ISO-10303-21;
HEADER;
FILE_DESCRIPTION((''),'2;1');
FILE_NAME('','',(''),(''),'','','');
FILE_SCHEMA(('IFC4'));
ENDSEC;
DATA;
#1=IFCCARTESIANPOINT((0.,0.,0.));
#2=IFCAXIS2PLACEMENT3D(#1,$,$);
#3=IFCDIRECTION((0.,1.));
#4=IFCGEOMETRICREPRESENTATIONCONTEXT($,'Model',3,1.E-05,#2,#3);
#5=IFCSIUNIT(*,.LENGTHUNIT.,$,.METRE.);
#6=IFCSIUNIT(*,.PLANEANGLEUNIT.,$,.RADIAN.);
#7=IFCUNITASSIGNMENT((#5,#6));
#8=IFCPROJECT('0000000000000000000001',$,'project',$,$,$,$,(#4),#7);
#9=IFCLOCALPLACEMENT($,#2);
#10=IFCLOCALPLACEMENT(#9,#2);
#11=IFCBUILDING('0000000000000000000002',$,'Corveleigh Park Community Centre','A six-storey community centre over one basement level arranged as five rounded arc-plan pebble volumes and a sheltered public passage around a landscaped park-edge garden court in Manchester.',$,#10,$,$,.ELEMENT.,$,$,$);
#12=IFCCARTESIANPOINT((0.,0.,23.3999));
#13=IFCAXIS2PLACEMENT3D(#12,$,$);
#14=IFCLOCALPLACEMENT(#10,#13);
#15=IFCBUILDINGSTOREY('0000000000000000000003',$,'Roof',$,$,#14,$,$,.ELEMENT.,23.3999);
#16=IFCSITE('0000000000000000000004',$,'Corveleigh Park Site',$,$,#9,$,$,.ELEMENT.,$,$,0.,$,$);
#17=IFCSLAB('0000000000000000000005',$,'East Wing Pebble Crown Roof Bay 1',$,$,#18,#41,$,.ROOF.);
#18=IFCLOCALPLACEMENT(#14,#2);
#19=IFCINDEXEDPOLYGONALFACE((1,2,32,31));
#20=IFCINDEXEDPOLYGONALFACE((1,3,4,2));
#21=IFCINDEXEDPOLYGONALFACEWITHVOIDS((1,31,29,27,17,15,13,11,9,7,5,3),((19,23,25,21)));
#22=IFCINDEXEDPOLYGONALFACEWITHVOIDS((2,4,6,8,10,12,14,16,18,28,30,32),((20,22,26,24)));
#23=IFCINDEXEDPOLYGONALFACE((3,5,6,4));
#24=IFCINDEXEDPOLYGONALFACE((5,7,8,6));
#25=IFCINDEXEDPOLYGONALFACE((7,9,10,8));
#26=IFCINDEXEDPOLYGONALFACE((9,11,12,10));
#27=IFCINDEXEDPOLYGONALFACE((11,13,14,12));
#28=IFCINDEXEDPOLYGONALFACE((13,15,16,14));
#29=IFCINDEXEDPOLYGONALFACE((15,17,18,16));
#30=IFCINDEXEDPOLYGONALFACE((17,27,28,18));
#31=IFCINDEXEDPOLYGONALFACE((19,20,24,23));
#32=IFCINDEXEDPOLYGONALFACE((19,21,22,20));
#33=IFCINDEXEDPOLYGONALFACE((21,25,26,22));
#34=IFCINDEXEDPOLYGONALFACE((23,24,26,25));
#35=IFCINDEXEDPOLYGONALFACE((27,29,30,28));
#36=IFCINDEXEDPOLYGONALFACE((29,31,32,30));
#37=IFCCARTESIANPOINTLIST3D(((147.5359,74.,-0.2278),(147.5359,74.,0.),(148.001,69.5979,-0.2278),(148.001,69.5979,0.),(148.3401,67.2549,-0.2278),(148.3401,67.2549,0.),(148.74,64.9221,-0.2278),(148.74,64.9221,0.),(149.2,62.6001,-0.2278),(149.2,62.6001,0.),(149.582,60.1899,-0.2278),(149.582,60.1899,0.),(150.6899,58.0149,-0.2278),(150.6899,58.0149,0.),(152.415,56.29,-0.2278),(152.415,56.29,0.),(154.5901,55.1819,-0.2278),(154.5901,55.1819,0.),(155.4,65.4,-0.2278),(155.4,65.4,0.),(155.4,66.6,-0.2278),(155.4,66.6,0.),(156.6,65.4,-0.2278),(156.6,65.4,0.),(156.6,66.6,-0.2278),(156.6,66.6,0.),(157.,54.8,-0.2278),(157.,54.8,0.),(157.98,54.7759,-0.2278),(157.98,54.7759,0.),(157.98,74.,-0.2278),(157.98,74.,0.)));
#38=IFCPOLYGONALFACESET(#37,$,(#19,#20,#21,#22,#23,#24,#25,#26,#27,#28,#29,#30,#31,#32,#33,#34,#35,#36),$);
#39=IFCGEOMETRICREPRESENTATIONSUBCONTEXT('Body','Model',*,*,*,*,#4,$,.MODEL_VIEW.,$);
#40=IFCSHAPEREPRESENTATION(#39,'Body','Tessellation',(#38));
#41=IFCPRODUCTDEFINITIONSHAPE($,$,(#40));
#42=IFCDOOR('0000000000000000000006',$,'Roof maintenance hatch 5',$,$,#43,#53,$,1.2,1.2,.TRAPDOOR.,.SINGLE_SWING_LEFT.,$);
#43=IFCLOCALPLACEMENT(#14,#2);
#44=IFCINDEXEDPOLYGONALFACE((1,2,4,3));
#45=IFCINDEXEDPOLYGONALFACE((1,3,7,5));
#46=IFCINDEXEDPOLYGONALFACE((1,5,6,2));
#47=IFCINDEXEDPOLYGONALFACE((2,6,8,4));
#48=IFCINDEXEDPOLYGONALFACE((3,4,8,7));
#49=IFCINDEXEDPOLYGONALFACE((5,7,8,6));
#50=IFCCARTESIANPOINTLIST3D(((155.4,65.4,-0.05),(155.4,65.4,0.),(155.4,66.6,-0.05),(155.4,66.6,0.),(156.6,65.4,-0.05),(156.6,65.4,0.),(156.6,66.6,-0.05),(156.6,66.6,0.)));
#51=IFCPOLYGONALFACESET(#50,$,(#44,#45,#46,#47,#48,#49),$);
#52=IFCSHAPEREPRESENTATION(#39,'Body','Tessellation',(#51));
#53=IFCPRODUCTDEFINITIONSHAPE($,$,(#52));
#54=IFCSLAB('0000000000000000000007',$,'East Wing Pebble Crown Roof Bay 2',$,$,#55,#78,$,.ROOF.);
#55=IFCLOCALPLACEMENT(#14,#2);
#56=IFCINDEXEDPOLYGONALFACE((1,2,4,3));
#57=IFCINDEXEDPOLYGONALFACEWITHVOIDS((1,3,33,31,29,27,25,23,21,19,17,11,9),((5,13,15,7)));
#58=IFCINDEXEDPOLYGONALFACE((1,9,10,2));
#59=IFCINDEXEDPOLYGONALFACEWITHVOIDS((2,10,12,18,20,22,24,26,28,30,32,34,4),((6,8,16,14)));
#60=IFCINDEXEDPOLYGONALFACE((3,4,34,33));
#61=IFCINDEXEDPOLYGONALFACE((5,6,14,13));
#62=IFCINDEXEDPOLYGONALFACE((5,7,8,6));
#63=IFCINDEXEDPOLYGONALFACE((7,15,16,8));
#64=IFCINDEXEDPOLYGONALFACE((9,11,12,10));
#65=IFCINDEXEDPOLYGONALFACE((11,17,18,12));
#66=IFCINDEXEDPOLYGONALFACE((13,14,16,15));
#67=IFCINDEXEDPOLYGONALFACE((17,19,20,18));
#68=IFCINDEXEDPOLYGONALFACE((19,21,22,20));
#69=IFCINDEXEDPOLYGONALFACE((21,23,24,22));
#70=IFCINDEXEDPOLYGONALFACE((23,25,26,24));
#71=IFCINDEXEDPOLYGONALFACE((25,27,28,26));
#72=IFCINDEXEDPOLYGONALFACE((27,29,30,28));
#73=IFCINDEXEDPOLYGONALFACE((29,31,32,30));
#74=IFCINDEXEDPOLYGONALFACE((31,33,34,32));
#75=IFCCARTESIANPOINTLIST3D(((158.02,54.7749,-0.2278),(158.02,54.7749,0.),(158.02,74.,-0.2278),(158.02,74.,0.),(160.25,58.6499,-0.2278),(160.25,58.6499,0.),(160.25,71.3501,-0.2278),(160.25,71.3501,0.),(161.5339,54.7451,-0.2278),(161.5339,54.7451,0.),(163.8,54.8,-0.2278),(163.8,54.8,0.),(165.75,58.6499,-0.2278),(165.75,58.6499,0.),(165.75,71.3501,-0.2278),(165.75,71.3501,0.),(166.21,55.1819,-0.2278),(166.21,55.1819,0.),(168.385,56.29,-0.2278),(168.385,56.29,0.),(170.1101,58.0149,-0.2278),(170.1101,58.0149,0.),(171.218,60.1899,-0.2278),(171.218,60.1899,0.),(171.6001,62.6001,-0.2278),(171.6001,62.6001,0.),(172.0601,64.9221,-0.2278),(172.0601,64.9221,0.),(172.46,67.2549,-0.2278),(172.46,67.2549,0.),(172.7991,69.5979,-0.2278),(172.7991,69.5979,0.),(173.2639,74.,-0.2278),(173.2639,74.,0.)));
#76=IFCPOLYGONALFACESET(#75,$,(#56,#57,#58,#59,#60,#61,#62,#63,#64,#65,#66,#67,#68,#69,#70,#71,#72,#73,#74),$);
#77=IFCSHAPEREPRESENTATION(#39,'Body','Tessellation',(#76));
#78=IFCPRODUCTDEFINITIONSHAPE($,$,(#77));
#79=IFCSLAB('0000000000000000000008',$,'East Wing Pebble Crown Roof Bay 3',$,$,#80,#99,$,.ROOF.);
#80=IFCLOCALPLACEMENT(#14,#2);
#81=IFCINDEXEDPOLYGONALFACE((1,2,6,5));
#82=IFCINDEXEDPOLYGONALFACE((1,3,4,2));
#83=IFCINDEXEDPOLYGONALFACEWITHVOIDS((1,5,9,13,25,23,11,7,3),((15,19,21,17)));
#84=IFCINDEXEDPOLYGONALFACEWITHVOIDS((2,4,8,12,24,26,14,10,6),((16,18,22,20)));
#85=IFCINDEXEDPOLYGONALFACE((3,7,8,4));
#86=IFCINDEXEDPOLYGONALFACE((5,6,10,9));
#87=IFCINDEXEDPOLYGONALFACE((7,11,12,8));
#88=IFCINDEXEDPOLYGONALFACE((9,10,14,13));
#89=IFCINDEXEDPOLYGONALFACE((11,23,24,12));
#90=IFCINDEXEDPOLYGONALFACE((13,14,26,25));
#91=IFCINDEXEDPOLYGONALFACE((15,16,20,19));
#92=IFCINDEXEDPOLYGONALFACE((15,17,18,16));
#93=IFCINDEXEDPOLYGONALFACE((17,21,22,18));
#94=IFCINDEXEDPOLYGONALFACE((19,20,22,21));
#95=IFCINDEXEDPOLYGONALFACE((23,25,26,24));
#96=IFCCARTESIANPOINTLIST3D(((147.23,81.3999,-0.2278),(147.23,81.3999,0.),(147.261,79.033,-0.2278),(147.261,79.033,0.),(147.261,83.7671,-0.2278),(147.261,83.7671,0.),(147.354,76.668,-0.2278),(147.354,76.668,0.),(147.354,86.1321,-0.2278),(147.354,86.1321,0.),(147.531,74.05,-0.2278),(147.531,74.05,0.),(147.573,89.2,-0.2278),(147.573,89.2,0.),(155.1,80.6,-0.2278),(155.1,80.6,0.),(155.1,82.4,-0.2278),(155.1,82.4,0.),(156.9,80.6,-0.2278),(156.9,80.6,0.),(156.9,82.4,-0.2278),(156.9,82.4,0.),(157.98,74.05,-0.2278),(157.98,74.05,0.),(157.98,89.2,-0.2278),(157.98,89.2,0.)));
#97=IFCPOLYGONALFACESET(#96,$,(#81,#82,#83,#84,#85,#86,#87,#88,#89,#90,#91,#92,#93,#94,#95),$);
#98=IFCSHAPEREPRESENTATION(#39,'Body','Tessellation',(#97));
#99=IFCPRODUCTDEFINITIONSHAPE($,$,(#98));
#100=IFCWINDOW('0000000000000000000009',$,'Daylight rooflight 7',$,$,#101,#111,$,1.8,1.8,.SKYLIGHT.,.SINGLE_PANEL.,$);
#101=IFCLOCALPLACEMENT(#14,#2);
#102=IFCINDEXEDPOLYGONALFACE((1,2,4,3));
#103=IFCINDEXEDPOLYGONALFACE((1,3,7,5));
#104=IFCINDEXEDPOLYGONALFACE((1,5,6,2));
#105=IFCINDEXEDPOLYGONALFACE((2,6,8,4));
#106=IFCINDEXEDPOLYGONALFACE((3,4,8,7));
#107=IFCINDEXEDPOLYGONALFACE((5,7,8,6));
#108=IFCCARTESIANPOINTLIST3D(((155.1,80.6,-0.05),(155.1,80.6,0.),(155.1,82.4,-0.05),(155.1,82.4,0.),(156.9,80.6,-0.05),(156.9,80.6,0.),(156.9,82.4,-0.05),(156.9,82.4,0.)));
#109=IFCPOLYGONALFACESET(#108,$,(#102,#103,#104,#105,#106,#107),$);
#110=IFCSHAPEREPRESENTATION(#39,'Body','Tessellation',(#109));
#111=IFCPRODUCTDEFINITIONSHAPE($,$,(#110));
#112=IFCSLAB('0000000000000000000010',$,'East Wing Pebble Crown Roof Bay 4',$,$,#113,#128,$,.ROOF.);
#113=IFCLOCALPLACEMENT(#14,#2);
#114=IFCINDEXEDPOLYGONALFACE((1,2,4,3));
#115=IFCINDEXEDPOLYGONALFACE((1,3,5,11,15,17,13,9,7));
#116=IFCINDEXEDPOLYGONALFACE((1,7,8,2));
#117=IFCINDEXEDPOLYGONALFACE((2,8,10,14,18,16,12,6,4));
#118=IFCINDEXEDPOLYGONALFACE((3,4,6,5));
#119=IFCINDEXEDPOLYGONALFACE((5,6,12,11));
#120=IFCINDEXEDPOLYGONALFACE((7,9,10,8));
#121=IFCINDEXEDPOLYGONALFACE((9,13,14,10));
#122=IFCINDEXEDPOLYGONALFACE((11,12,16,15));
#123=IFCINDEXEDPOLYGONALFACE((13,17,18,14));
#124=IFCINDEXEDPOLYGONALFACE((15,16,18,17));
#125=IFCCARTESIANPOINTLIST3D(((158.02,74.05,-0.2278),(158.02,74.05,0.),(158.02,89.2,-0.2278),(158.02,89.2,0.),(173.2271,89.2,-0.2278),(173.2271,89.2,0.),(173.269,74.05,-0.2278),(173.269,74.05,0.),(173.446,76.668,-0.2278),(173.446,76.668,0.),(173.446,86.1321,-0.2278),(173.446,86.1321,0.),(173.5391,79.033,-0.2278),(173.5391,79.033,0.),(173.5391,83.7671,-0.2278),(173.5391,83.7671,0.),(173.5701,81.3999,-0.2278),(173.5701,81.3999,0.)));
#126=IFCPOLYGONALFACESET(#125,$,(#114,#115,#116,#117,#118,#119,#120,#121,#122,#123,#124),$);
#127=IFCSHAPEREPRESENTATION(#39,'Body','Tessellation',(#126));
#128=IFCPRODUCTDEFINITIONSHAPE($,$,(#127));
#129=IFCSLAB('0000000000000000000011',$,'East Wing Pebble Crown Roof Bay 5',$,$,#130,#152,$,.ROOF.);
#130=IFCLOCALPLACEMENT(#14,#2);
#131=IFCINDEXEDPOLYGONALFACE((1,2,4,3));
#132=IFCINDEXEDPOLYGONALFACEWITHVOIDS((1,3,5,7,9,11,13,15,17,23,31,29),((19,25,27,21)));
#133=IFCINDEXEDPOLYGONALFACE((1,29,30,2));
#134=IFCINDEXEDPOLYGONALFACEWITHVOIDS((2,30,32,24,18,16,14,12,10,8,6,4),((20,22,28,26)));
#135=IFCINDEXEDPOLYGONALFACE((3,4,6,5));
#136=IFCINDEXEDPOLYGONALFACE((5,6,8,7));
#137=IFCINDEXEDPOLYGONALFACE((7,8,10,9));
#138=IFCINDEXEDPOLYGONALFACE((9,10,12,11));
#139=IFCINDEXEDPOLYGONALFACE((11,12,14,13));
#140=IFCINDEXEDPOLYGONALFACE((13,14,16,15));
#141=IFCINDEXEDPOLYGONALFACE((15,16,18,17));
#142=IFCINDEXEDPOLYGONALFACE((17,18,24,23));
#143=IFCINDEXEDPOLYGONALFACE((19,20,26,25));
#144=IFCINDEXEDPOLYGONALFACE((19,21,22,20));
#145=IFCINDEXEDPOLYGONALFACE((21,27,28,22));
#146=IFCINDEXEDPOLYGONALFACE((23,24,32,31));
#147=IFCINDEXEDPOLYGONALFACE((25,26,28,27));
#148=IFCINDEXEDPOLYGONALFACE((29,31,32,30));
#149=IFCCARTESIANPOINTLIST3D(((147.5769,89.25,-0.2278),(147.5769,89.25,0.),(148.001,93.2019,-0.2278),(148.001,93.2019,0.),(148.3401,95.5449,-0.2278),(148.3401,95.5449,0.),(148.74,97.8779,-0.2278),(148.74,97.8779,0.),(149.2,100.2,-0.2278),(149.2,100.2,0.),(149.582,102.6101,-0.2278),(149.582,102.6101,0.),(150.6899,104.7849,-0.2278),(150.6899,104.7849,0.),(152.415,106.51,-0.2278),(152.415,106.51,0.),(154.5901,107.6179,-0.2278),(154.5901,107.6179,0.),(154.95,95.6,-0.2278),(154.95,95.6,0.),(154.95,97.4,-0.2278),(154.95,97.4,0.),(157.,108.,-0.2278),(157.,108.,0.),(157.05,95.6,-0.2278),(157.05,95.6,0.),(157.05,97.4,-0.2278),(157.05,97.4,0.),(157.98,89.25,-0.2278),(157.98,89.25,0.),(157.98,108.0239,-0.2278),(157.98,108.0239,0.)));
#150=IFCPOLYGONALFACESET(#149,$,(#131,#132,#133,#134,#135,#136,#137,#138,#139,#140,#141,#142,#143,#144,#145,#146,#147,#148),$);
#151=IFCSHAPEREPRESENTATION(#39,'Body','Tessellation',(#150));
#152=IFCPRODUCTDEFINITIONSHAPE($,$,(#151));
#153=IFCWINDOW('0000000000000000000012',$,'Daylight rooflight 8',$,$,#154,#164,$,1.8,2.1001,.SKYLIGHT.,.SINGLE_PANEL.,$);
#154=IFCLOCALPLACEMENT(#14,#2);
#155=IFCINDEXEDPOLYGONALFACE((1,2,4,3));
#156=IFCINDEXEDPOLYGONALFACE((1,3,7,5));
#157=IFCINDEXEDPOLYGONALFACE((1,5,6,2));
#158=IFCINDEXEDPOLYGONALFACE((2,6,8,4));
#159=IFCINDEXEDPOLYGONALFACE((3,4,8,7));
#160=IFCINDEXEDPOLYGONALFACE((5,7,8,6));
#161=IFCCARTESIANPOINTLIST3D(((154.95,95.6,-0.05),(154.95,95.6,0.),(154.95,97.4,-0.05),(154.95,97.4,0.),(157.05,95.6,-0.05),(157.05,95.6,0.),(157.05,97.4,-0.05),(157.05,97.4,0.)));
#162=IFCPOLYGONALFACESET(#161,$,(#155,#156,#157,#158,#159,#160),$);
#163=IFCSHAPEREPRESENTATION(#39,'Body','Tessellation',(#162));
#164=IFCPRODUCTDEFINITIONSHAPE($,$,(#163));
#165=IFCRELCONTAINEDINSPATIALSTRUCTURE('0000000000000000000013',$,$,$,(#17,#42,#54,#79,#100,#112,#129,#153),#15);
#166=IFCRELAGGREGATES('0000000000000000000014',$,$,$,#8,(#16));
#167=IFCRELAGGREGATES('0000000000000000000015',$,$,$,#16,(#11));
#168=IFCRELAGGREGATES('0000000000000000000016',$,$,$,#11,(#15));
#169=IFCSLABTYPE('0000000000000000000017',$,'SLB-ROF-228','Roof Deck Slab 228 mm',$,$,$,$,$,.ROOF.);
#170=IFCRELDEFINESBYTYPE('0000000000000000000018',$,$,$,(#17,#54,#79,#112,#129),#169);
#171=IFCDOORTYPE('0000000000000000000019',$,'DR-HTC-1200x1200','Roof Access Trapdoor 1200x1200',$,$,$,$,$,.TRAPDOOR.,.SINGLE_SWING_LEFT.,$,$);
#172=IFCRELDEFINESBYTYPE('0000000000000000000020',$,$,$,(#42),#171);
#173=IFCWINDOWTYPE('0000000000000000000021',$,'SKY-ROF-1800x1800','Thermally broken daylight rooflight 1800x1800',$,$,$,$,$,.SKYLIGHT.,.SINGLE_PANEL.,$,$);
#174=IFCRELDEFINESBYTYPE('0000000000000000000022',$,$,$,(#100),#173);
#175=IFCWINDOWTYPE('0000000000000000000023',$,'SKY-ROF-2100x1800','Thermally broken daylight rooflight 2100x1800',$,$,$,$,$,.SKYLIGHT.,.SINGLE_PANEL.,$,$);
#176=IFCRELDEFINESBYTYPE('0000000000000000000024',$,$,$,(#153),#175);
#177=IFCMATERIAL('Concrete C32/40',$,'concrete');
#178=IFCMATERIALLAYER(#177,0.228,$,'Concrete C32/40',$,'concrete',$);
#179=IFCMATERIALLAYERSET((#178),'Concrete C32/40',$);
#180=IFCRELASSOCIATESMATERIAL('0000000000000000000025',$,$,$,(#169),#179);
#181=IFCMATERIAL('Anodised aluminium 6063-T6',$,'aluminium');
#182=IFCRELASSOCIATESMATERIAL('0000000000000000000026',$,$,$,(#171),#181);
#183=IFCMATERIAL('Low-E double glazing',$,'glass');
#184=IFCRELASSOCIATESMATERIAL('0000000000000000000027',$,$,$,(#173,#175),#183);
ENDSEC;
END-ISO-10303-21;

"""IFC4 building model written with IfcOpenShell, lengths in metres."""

from ifc_helpers import new_model, si_unit, direction, frame, origin, origin_2d, place, context, subcontext, project, spatial, polyline, rectangle, outline, extrude, material, layer, layer_set, type_object, element, fill, save


model = new_model("IFC4")

# Units and contexts
model_context = context("Model", 3, precision=1e-05, world=origin(), true_north=direction((0.0, 1.0)))
body_context = subcontext(model_context, "Body", "Model", "MODEL_VIEW")
ifc_project = project(units=[si_unit("LENGTHUNIT", "METRE"), si_unit("PLANEANGLEUNIT", "RADIAN")], contexts=[model_context])

# Site, building, storey
site_placement = place(None, origin())
site = spatial("IfcSite", under=ifc_project, at=site_placement, Name="Corveleigh Park Site", CompositionType="ELEMENT", RefElevation=0.0)
building_placement = place(site_placement, origin())
building = spatial("IfcBuilding", under=site, at=building_placement, Name="Corveleigh Park Community Centre", Description="A six-storey community centre over one basement level arranged as five rounded arc-plan pebble volumes and a sheltered public passage around a landscaped park-edge garden court in Manchester.", CompositionType="ELEMENT")
storey_placement = place(building_placement, frame((0.0, 0.0, 23.3999)))
storey = spatial("IfcBuildingStorey", under=building, at=storey_placement, Name="Roof", CompositionType="ELEMENT", Elevation=23.3999)

# Shared definitions
ifc_material_1 = material(Name="Concrete C32/40", Category="concrete")

# Slab, opening, door
ifc_layer_1 = layer(ifc_material_1, 0.228, Name="Concrete C32/40", Category="concrete")
ifc_layer_set_1 = layer_set([ifc_layer_1], Name="Concrete C32/40")
slab_type_1 = type_object("IfcSlabType", Name="SLB-ROF-228", Description="Roof Deck Slab 228 mm", PredefinedType="ROOF", material=ifc_layer_set_1)
slab_1_placement = place(storey_placement, frame((0.0, 0.0, -0.2278)))
slab_1 = element("IfcSlab", 1, at=slab_1_placement, inside=storey, type_object=slab_type_1, Name="East Wing Pebble Crown Roof Bay 1", PredefinedType="ROOF", context=body_context, shape_type="SweptSolid", body=[
    extrude(outline(polyline([(154.5901, 55.1819), (152.415, 56.29), (150.6899, 58.0149), (149.582, 60.1899), (149.2, 62.6001), (148.74, 64.9221), (148.3401, 67.2549), (148.001, 69.5979), (147.5359, 74.0), (157.98, 74.0), (157.98, 54.7759), (157.0, 54.8), (154.5901, 55.1819)])), origin(), (0.0, 0.0, 1.0), 0.2278),
])
opening_1_placement = place(slab_1_placement, frame((156.0, 66.0, -0.01)))
opening_1 = element("IfcOpeningElement", 2, at=opening_1_placement, cuts=slab_1, PredefinedType="OPENING", context=body_context, shape_type="SweptSolid", body=[
    extrude(rectangle(XDim=1.2, YDim=1.2, at=origin_2d()), origin(), (0.0, 0.0, 1.0), 0.2478),
])
ifc_material_2 = material(Name="Anodised aluminium 6063-T6", Category="aluminium")
door_type_1 = type_object("IfcDoorType", Name="DR-HTC-1200x1200", Description="Roof Access Trapdoor 1200x1200", OperationType="SINGLE_SWING_LEFT", PredefinedType="TRAPDOOR", material=ifc_material_2)
door_1_placement = place(opening_1_placement, frame((0.0, 0.0, 0.1877)))
door_1 = element("IfcDoor", 3, at=door_1_placement, inside=storey, type_object=door_type_1, Name="Roof maintenance hatch 5", OperationType="SINGLE_SWING_LEFT", OverallHeight=1.2, OverallWidth=1.2, PredefinedType="TRAPDOOR", context=body_context, shape_type="SweptSolid", body=[
    extrude(rectangle(XDim=1.2, YDim=1.2, at=origin_2d()), origin(), (0.0, 0.0, 1.0), 0.05),
])
fill(opening_1, door_1)

# Slab
slab_2_placement = place(storey_placement, frame((0.0, 0.0, -0.2278)))
element("IfcSlab", 4, at=slab_2_placement, inside=storey, type_object=slab_type_1, Name="East Wing Pebble Crown Roof Bay 2", PredefinedType="ROOF", context=body_context, shape_type="SweptSolid", body=[
    extrude(outline(polyline([(172.7991, 69.5979), (172.46, 67.2549), (172.0601, 64.9221), (171.6001, 62.6001), (171.218, 60.1899), (170.1101, 58.0149), (168.385, 56.29), (166.21, 55.1819), (163.8, 54.8), (161.5339, 54.7451), (158.02, 54.7749), (158.02, 74.0), (173.2639, 74.0), (172.7991, 69.5979)]), holes=[polyline([(165.75, 58.6499), (165.75, 71.3501), (160.25, 71.3501), (160.25, 58.6499), (165.75, 58.6499)])]), origin(), (0.0, 0.0, 1.0), 0.2278),
])

# Slab, opening, window
slab_3_placement = place(storey_placement, frame((0.0, 0.0, -0.2278)))
slab_3 = element("IfcSlab", 5, at=slab_3_placement, inside=storey, type_object=slab_type_1, Name="East Wing Pebble Crown Roof Bay 3", PredefinedType="ROOF", context=body_context, shape_type="SweptSolid", body=[
    extrude(outline(polyline([(147.354, 76.668), (147.261, 79.033), (147.23, 81.3999), (147.261, 83.7671), (147.354, 86.1321), (147.573, 89.2), (157.98, 89.2), (157.98, 74.05), (147.531, 74.05), (147.354, 76.668)])), origin(), (0.0, 0.0, 1.0), 0.2278),
])
opening_2_placement = place(slab_3_placement, frame((156.0, 81.5, -0.01)))
opening_2 = element("IfcOpeningElement", 6, at=opening_2_placement, cuts=slab_3, PredefinedType="OPENING", context=body_context, shape_type="SweptSolid", body=[
    extrude(rectangle(XDim=1.8, YDim=1.8, at=origin_2d()), origin(), (0.0, 0.0, 1.0), 0.2478),
])
ifc_material_3 = material(Name="Low-E double glazing", Category="glass")
window_type_1 = type_object("IfcWindowType", Name="SKY-ROF-1800x1800", Description="Thermally broken daylight rooflight 1800x1800", PartitioningType="SINGLE_PANEL", PredefinedType="SKYLIGHT", material=ifc_material_3)
window_1_placement = place(opening_2_placement, frame((0.0, 0.0, 0.1877)))
window_1 = element("IfcWindow", 7, at=window_1_placement, inside=storey, type_object=window_type_1, Name="Daylight rooflight 7", OverallHeight=1.8, OverallWidth=1.8, PartitioningType="SINGLE_PANEL", PredefinedType="SKYLIGHT", context=body_context, shape_type="SweptSolid", body=[
    extrude(rectangle(XDim=1.8, YDim=1.8, at=origin_2d()), origin(), (0.0, 0.0, 1.0), 0.05),
])
fill(opening_2, window_1)

# Slab
slab_4_placement = place(storey_placement, frame((0.0, 0.0, -0.2278)))
element("IfcSlab", 8, at=slab_4_placement, inside=storey, type_object=slab_type_1, Name="East Wing Pebble Crown Roof Bay 4", PredefinedType="ROOF", context=body_context, shape_type="SweptSolid", body=[
    extrude(outline(polyline([(173.446, 86.1321), (173.5391, 83.7671), (173.5701, 81.3999), (173.5391, 79.033), (173.446, 76.668), (173.269, 74.05), (158.02, 74.05), (158.02, 89.2), (173.2271, 89.2), (173.446, 86.1321)])), origin(), (0.0, 0.0, 1.0), 0.2278),
])

# Slab, opening, window
slab_5_placement = place(storey_placement, frame((0.0, 0.0, -0.2278)))
slab_5 = element("IfcSlab", 9, at=slab_5_placement, inside=storey, type_object=slab_type_1, Name="East Wing Pebble Crown Roof Bay 5", PredefinedType="ROOF", context=body_context, shape_type="SweptSolid", body=[
    extrude(outline(polyline([(148.001, 93.2019), (148.3401, 95.5449), (148.74, 97.8779), (149.2, 100.2), (149.582, 102.6101), (150.6899, 104.7849), (152.415, 106.51), (154.5901, 107.6179), (157.0, 108.0), (157.98, 108.0239), (157.98, 89.25), (147.5769, 89.25), (148.001, 93.2019)])), origin(), (0.0, 0.0, 1.0), 0.2278),
])
opening_3_placement = place(slab_5_placement, frame((156.0, 96.5, -0.01)))
opening_3 = element("IfcOpeningElement", 10, at=opening_3_placement, cuts=slab_5, PredefinedType="OPENING", context=body_context, shape_type="SweptSolid", body=[
    extrude(rectangle(XDim=2.1001, YDim=1.8, at=origin_2d()), origin(), (0.0, 0.0, 1.0), 0.2478),
])
window_type_2 = type_object("IfcWindowType", Name="SKY-ROF-2100x1800", Description="Thermally broken daylight rooflight 2100x1800", PartitioningType="SINGLE_PANEL", PredefinedType="SKYLIGHT", material=ifc_material_3)
window_2_placement = place(opening_3_placement, frame((0.0, 0.0, 0.1877)))
window_2 = element("IfcWindow", 11, at=window_2_placement, inside=storey, type_object=window_type_2, Name="Daylight rooflight 8", OverallHeight=1.8, OverallWidth=2.1001, PartitioningType="SINGLE_PANEL", PredefinedType="SKYLIGHT", context=body_context, shape_type="SweptSolid", body=[
    extrude(rectangle(XDim=2.1001, YDim=1.8, at=origin_2d()), origin(), (0.0, 0.0, 1.0), 0.05),
])
fill(opening_3, window_2)

save(model, "model.ifc")
